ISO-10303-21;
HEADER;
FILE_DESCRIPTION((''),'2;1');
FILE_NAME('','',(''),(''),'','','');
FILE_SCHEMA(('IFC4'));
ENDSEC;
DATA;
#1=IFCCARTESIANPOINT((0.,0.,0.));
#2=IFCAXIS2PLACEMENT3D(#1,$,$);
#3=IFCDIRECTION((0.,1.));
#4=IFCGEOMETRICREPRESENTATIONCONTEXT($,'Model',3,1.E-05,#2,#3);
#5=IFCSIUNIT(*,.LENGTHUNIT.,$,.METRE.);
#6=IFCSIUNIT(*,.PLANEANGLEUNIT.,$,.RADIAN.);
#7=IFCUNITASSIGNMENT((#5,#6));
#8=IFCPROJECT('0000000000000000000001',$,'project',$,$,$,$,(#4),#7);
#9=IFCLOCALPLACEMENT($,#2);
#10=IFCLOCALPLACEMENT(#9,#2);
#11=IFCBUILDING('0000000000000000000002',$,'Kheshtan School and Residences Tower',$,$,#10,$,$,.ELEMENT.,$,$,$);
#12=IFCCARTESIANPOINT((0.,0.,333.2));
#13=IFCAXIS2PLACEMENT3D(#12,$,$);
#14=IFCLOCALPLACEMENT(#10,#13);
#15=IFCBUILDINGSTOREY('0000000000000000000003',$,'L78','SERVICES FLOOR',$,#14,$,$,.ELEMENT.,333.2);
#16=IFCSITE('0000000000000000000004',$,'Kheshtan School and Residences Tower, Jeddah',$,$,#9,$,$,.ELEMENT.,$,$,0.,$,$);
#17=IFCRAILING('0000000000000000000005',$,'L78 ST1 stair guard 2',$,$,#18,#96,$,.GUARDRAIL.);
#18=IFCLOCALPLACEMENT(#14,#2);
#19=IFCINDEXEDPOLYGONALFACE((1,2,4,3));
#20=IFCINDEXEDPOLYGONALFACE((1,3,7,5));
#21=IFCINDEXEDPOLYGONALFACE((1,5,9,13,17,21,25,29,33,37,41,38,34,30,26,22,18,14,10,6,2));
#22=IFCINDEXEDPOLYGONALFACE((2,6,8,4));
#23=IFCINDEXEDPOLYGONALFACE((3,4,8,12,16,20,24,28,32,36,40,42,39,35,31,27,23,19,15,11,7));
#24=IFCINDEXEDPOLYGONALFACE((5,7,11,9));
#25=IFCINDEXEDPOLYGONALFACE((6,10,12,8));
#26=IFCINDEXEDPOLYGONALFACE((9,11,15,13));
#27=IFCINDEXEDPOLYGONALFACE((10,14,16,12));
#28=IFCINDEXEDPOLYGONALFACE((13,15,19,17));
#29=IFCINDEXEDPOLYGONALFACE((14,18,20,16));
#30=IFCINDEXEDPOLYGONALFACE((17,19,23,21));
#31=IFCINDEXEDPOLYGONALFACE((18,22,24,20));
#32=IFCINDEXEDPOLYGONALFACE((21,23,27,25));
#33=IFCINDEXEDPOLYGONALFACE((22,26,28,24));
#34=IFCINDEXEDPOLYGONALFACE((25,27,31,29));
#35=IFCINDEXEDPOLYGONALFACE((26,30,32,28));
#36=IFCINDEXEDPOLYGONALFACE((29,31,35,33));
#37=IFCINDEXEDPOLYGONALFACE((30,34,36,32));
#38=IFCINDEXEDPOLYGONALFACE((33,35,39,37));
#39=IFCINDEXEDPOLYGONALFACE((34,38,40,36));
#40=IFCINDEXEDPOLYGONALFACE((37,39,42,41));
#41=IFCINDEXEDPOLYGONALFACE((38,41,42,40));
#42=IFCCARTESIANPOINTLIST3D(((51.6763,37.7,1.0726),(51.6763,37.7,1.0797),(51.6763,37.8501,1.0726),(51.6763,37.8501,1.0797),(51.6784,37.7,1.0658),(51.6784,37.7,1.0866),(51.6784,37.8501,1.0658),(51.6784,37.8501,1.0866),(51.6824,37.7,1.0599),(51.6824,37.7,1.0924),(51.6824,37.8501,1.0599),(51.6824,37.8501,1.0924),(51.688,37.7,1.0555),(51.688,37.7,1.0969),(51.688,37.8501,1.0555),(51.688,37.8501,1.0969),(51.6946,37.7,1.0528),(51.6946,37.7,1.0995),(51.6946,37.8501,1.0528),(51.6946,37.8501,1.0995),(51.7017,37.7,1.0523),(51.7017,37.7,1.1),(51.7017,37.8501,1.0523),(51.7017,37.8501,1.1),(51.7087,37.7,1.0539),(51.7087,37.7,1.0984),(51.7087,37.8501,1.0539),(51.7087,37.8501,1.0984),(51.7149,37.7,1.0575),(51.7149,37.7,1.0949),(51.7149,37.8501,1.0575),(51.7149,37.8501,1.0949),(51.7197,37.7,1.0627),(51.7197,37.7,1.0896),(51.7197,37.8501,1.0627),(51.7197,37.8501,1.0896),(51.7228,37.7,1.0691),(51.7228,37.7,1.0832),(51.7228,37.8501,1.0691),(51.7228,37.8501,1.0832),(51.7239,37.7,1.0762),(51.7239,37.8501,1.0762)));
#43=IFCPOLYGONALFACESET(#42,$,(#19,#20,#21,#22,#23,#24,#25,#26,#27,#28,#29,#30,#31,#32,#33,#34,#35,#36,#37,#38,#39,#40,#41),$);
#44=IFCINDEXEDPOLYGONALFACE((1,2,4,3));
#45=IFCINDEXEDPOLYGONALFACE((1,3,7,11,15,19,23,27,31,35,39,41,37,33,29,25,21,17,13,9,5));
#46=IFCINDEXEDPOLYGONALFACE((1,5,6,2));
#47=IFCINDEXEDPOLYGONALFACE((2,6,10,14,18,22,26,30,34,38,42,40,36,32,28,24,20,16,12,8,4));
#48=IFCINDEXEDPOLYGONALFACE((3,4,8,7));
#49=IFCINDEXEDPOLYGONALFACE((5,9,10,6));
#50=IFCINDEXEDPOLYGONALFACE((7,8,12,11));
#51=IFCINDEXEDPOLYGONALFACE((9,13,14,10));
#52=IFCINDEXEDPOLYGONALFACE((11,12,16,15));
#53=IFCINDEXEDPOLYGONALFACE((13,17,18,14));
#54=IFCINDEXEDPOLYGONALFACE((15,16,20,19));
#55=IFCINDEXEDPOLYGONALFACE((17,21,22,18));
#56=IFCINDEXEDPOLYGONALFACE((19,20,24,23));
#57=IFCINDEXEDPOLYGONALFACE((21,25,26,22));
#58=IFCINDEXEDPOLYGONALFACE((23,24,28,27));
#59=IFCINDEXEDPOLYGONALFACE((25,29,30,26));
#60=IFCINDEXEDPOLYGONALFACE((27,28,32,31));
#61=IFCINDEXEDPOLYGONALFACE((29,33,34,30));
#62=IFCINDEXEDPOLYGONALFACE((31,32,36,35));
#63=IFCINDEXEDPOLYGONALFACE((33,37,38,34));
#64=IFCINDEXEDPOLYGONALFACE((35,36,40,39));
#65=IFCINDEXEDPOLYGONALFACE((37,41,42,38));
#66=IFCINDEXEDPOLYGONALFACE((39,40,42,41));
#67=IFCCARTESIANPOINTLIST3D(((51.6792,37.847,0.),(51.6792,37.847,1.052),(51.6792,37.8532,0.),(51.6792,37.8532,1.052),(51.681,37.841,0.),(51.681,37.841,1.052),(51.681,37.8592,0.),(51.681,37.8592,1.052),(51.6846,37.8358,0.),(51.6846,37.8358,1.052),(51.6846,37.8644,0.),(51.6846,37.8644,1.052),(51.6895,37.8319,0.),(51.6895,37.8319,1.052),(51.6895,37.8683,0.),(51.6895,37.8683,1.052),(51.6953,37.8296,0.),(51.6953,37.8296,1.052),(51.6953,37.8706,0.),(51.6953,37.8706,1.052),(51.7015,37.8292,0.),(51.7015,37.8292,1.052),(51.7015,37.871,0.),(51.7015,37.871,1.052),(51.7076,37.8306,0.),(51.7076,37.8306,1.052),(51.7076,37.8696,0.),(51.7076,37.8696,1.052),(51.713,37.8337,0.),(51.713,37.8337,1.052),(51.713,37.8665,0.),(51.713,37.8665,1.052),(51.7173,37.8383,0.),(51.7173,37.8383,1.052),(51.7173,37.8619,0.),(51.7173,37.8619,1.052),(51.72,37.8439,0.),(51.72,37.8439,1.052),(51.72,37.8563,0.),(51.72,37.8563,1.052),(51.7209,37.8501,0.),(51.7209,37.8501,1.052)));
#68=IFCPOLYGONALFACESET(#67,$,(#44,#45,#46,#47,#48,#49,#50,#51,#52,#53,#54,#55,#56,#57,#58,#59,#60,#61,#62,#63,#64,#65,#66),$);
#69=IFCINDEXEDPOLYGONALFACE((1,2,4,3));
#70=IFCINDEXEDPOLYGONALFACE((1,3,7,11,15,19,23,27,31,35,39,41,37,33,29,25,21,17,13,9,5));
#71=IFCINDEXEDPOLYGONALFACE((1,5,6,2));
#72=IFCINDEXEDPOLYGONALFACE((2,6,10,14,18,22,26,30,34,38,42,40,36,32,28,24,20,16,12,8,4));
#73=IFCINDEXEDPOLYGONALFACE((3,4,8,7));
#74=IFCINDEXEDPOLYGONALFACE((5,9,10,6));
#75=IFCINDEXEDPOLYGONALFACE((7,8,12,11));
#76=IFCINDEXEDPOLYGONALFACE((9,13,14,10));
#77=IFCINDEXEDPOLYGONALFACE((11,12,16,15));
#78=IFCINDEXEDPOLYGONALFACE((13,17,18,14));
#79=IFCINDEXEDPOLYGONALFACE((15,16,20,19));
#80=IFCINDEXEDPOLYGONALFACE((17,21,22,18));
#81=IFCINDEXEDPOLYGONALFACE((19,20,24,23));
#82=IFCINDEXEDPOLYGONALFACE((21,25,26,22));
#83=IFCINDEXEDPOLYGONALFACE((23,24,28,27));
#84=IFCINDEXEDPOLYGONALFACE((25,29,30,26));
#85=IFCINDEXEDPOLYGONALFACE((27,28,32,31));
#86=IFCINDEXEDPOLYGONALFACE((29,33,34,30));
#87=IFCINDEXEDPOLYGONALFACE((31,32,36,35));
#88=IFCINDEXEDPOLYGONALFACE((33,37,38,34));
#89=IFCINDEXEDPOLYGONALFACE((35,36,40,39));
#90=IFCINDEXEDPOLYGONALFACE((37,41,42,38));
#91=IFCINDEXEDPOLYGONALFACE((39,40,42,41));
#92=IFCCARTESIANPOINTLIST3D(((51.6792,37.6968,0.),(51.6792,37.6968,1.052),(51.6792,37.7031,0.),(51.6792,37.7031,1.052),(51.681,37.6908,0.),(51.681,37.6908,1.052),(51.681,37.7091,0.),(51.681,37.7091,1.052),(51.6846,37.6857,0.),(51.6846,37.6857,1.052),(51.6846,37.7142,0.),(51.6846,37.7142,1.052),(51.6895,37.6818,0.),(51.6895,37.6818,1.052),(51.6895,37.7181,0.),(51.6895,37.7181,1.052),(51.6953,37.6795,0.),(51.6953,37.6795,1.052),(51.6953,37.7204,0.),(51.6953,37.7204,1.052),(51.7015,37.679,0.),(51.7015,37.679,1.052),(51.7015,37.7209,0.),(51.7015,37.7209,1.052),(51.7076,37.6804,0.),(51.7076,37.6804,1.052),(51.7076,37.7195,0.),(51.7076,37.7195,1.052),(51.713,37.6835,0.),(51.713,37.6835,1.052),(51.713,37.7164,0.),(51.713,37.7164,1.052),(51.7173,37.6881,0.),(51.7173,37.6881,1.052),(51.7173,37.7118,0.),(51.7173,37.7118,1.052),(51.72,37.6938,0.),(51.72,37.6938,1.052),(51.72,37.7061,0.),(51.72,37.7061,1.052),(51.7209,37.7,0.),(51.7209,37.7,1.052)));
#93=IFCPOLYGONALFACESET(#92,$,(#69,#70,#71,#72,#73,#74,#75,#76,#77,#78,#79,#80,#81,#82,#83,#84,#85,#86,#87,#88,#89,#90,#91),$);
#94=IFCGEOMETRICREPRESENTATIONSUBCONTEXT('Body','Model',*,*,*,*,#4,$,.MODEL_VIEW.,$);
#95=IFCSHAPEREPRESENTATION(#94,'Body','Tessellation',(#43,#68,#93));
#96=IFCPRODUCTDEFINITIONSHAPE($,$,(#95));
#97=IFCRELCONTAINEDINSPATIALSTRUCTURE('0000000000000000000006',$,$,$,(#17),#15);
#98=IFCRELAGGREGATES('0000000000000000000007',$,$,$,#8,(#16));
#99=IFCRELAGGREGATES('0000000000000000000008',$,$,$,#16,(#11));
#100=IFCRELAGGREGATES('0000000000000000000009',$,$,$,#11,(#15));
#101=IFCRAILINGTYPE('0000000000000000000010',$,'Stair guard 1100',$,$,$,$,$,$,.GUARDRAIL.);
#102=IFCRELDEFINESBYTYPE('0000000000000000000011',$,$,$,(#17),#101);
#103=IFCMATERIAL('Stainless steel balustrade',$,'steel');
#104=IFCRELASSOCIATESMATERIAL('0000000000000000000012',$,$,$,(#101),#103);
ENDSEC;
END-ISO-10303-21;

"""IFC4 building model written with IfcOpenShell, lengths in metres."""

from ifc_helpers import new_model, si_unit, direction, frame, origin, origin_2d, place, context, subcontext, project, spatial, circle, extrude, material, type_object, element, save


model = new_model("IFC4")

# Units and contexts
model_context = context("Model", 3, precision=1e-05, world=origin(), true_north=direction((0.0, 1.0)))
body_context = subcontext(model_context, "Body", "Model", "MODEL_VIEW")
ifc_project = project(units=[si_unit("LENGTHUNIT", "METRE"), si_unit("PLANEANGLEUNIT", "RADIAN")], contexts=[model_context])

# Site, building, storey
site_placement = place(None, origin())
site = spatial("IfcSite", under=ifc_project, at=site_placement, Name="Kheshtan School and Residences Tower, Jeddah", CompositionType="ELEMENT", RefElevation=0.0)
building_placement = place(site_placement, origin())
building = spatial("IfcBuilding", under=site, at=building_placement, Name="Kheshtan School and Residences Tower", CompositionType="ELEMENT")
storey_placement = place(building_placement, frame((0.0, 0.0, 333.2)))
storey = spatial("IfcBuildingStorey", under=building, at=storey_placement, Name="L78", Description="SERVICES FLOOR", CompositionType="ELEMENT", Elevation=333.2)

# Railing
ifc_material_1 = material(Name="Stainless steel balustrade", Category="steel")
railing_type_1 = type_object("IfcRailingType", Name="Stair guard 1100", PredefinedType="GUARDRAIL", material=ifc_material_1)
railing_1_placement = place(storey_placement, frame((51.7, 37.8501, 0.0)))
element("IfcRailing", 1, at=railing_1_placement, inside=storey, type_object=railing_type_1, Name="L78 ST1 stair guard 2", PredefinedType="GUARDRAIL", context=body_context, shape_type="SweptSolid", body=[
    extrude(circle(Radius=0.0239, at=origin_2d()), frame((0.0, 0.0, 1.0762), z_axis=(0.0, -1.0, 0.0), x_axis=(1.0, 0.0, 0.0)), (0.0, 0.0, 1.0), 0.1501),
    extrude(circle(Radius=0.021, at=origin_2d()), origin(), (0.0, 0.0, 1.0), 1.052),
    extrude(circle(Radius=0.021, at=origin_2d()), frame((0.0, -0.1501, 0.0)), (0.0, 0.0, 1.0), 1.052),
])

save(model, "model.ifc")
